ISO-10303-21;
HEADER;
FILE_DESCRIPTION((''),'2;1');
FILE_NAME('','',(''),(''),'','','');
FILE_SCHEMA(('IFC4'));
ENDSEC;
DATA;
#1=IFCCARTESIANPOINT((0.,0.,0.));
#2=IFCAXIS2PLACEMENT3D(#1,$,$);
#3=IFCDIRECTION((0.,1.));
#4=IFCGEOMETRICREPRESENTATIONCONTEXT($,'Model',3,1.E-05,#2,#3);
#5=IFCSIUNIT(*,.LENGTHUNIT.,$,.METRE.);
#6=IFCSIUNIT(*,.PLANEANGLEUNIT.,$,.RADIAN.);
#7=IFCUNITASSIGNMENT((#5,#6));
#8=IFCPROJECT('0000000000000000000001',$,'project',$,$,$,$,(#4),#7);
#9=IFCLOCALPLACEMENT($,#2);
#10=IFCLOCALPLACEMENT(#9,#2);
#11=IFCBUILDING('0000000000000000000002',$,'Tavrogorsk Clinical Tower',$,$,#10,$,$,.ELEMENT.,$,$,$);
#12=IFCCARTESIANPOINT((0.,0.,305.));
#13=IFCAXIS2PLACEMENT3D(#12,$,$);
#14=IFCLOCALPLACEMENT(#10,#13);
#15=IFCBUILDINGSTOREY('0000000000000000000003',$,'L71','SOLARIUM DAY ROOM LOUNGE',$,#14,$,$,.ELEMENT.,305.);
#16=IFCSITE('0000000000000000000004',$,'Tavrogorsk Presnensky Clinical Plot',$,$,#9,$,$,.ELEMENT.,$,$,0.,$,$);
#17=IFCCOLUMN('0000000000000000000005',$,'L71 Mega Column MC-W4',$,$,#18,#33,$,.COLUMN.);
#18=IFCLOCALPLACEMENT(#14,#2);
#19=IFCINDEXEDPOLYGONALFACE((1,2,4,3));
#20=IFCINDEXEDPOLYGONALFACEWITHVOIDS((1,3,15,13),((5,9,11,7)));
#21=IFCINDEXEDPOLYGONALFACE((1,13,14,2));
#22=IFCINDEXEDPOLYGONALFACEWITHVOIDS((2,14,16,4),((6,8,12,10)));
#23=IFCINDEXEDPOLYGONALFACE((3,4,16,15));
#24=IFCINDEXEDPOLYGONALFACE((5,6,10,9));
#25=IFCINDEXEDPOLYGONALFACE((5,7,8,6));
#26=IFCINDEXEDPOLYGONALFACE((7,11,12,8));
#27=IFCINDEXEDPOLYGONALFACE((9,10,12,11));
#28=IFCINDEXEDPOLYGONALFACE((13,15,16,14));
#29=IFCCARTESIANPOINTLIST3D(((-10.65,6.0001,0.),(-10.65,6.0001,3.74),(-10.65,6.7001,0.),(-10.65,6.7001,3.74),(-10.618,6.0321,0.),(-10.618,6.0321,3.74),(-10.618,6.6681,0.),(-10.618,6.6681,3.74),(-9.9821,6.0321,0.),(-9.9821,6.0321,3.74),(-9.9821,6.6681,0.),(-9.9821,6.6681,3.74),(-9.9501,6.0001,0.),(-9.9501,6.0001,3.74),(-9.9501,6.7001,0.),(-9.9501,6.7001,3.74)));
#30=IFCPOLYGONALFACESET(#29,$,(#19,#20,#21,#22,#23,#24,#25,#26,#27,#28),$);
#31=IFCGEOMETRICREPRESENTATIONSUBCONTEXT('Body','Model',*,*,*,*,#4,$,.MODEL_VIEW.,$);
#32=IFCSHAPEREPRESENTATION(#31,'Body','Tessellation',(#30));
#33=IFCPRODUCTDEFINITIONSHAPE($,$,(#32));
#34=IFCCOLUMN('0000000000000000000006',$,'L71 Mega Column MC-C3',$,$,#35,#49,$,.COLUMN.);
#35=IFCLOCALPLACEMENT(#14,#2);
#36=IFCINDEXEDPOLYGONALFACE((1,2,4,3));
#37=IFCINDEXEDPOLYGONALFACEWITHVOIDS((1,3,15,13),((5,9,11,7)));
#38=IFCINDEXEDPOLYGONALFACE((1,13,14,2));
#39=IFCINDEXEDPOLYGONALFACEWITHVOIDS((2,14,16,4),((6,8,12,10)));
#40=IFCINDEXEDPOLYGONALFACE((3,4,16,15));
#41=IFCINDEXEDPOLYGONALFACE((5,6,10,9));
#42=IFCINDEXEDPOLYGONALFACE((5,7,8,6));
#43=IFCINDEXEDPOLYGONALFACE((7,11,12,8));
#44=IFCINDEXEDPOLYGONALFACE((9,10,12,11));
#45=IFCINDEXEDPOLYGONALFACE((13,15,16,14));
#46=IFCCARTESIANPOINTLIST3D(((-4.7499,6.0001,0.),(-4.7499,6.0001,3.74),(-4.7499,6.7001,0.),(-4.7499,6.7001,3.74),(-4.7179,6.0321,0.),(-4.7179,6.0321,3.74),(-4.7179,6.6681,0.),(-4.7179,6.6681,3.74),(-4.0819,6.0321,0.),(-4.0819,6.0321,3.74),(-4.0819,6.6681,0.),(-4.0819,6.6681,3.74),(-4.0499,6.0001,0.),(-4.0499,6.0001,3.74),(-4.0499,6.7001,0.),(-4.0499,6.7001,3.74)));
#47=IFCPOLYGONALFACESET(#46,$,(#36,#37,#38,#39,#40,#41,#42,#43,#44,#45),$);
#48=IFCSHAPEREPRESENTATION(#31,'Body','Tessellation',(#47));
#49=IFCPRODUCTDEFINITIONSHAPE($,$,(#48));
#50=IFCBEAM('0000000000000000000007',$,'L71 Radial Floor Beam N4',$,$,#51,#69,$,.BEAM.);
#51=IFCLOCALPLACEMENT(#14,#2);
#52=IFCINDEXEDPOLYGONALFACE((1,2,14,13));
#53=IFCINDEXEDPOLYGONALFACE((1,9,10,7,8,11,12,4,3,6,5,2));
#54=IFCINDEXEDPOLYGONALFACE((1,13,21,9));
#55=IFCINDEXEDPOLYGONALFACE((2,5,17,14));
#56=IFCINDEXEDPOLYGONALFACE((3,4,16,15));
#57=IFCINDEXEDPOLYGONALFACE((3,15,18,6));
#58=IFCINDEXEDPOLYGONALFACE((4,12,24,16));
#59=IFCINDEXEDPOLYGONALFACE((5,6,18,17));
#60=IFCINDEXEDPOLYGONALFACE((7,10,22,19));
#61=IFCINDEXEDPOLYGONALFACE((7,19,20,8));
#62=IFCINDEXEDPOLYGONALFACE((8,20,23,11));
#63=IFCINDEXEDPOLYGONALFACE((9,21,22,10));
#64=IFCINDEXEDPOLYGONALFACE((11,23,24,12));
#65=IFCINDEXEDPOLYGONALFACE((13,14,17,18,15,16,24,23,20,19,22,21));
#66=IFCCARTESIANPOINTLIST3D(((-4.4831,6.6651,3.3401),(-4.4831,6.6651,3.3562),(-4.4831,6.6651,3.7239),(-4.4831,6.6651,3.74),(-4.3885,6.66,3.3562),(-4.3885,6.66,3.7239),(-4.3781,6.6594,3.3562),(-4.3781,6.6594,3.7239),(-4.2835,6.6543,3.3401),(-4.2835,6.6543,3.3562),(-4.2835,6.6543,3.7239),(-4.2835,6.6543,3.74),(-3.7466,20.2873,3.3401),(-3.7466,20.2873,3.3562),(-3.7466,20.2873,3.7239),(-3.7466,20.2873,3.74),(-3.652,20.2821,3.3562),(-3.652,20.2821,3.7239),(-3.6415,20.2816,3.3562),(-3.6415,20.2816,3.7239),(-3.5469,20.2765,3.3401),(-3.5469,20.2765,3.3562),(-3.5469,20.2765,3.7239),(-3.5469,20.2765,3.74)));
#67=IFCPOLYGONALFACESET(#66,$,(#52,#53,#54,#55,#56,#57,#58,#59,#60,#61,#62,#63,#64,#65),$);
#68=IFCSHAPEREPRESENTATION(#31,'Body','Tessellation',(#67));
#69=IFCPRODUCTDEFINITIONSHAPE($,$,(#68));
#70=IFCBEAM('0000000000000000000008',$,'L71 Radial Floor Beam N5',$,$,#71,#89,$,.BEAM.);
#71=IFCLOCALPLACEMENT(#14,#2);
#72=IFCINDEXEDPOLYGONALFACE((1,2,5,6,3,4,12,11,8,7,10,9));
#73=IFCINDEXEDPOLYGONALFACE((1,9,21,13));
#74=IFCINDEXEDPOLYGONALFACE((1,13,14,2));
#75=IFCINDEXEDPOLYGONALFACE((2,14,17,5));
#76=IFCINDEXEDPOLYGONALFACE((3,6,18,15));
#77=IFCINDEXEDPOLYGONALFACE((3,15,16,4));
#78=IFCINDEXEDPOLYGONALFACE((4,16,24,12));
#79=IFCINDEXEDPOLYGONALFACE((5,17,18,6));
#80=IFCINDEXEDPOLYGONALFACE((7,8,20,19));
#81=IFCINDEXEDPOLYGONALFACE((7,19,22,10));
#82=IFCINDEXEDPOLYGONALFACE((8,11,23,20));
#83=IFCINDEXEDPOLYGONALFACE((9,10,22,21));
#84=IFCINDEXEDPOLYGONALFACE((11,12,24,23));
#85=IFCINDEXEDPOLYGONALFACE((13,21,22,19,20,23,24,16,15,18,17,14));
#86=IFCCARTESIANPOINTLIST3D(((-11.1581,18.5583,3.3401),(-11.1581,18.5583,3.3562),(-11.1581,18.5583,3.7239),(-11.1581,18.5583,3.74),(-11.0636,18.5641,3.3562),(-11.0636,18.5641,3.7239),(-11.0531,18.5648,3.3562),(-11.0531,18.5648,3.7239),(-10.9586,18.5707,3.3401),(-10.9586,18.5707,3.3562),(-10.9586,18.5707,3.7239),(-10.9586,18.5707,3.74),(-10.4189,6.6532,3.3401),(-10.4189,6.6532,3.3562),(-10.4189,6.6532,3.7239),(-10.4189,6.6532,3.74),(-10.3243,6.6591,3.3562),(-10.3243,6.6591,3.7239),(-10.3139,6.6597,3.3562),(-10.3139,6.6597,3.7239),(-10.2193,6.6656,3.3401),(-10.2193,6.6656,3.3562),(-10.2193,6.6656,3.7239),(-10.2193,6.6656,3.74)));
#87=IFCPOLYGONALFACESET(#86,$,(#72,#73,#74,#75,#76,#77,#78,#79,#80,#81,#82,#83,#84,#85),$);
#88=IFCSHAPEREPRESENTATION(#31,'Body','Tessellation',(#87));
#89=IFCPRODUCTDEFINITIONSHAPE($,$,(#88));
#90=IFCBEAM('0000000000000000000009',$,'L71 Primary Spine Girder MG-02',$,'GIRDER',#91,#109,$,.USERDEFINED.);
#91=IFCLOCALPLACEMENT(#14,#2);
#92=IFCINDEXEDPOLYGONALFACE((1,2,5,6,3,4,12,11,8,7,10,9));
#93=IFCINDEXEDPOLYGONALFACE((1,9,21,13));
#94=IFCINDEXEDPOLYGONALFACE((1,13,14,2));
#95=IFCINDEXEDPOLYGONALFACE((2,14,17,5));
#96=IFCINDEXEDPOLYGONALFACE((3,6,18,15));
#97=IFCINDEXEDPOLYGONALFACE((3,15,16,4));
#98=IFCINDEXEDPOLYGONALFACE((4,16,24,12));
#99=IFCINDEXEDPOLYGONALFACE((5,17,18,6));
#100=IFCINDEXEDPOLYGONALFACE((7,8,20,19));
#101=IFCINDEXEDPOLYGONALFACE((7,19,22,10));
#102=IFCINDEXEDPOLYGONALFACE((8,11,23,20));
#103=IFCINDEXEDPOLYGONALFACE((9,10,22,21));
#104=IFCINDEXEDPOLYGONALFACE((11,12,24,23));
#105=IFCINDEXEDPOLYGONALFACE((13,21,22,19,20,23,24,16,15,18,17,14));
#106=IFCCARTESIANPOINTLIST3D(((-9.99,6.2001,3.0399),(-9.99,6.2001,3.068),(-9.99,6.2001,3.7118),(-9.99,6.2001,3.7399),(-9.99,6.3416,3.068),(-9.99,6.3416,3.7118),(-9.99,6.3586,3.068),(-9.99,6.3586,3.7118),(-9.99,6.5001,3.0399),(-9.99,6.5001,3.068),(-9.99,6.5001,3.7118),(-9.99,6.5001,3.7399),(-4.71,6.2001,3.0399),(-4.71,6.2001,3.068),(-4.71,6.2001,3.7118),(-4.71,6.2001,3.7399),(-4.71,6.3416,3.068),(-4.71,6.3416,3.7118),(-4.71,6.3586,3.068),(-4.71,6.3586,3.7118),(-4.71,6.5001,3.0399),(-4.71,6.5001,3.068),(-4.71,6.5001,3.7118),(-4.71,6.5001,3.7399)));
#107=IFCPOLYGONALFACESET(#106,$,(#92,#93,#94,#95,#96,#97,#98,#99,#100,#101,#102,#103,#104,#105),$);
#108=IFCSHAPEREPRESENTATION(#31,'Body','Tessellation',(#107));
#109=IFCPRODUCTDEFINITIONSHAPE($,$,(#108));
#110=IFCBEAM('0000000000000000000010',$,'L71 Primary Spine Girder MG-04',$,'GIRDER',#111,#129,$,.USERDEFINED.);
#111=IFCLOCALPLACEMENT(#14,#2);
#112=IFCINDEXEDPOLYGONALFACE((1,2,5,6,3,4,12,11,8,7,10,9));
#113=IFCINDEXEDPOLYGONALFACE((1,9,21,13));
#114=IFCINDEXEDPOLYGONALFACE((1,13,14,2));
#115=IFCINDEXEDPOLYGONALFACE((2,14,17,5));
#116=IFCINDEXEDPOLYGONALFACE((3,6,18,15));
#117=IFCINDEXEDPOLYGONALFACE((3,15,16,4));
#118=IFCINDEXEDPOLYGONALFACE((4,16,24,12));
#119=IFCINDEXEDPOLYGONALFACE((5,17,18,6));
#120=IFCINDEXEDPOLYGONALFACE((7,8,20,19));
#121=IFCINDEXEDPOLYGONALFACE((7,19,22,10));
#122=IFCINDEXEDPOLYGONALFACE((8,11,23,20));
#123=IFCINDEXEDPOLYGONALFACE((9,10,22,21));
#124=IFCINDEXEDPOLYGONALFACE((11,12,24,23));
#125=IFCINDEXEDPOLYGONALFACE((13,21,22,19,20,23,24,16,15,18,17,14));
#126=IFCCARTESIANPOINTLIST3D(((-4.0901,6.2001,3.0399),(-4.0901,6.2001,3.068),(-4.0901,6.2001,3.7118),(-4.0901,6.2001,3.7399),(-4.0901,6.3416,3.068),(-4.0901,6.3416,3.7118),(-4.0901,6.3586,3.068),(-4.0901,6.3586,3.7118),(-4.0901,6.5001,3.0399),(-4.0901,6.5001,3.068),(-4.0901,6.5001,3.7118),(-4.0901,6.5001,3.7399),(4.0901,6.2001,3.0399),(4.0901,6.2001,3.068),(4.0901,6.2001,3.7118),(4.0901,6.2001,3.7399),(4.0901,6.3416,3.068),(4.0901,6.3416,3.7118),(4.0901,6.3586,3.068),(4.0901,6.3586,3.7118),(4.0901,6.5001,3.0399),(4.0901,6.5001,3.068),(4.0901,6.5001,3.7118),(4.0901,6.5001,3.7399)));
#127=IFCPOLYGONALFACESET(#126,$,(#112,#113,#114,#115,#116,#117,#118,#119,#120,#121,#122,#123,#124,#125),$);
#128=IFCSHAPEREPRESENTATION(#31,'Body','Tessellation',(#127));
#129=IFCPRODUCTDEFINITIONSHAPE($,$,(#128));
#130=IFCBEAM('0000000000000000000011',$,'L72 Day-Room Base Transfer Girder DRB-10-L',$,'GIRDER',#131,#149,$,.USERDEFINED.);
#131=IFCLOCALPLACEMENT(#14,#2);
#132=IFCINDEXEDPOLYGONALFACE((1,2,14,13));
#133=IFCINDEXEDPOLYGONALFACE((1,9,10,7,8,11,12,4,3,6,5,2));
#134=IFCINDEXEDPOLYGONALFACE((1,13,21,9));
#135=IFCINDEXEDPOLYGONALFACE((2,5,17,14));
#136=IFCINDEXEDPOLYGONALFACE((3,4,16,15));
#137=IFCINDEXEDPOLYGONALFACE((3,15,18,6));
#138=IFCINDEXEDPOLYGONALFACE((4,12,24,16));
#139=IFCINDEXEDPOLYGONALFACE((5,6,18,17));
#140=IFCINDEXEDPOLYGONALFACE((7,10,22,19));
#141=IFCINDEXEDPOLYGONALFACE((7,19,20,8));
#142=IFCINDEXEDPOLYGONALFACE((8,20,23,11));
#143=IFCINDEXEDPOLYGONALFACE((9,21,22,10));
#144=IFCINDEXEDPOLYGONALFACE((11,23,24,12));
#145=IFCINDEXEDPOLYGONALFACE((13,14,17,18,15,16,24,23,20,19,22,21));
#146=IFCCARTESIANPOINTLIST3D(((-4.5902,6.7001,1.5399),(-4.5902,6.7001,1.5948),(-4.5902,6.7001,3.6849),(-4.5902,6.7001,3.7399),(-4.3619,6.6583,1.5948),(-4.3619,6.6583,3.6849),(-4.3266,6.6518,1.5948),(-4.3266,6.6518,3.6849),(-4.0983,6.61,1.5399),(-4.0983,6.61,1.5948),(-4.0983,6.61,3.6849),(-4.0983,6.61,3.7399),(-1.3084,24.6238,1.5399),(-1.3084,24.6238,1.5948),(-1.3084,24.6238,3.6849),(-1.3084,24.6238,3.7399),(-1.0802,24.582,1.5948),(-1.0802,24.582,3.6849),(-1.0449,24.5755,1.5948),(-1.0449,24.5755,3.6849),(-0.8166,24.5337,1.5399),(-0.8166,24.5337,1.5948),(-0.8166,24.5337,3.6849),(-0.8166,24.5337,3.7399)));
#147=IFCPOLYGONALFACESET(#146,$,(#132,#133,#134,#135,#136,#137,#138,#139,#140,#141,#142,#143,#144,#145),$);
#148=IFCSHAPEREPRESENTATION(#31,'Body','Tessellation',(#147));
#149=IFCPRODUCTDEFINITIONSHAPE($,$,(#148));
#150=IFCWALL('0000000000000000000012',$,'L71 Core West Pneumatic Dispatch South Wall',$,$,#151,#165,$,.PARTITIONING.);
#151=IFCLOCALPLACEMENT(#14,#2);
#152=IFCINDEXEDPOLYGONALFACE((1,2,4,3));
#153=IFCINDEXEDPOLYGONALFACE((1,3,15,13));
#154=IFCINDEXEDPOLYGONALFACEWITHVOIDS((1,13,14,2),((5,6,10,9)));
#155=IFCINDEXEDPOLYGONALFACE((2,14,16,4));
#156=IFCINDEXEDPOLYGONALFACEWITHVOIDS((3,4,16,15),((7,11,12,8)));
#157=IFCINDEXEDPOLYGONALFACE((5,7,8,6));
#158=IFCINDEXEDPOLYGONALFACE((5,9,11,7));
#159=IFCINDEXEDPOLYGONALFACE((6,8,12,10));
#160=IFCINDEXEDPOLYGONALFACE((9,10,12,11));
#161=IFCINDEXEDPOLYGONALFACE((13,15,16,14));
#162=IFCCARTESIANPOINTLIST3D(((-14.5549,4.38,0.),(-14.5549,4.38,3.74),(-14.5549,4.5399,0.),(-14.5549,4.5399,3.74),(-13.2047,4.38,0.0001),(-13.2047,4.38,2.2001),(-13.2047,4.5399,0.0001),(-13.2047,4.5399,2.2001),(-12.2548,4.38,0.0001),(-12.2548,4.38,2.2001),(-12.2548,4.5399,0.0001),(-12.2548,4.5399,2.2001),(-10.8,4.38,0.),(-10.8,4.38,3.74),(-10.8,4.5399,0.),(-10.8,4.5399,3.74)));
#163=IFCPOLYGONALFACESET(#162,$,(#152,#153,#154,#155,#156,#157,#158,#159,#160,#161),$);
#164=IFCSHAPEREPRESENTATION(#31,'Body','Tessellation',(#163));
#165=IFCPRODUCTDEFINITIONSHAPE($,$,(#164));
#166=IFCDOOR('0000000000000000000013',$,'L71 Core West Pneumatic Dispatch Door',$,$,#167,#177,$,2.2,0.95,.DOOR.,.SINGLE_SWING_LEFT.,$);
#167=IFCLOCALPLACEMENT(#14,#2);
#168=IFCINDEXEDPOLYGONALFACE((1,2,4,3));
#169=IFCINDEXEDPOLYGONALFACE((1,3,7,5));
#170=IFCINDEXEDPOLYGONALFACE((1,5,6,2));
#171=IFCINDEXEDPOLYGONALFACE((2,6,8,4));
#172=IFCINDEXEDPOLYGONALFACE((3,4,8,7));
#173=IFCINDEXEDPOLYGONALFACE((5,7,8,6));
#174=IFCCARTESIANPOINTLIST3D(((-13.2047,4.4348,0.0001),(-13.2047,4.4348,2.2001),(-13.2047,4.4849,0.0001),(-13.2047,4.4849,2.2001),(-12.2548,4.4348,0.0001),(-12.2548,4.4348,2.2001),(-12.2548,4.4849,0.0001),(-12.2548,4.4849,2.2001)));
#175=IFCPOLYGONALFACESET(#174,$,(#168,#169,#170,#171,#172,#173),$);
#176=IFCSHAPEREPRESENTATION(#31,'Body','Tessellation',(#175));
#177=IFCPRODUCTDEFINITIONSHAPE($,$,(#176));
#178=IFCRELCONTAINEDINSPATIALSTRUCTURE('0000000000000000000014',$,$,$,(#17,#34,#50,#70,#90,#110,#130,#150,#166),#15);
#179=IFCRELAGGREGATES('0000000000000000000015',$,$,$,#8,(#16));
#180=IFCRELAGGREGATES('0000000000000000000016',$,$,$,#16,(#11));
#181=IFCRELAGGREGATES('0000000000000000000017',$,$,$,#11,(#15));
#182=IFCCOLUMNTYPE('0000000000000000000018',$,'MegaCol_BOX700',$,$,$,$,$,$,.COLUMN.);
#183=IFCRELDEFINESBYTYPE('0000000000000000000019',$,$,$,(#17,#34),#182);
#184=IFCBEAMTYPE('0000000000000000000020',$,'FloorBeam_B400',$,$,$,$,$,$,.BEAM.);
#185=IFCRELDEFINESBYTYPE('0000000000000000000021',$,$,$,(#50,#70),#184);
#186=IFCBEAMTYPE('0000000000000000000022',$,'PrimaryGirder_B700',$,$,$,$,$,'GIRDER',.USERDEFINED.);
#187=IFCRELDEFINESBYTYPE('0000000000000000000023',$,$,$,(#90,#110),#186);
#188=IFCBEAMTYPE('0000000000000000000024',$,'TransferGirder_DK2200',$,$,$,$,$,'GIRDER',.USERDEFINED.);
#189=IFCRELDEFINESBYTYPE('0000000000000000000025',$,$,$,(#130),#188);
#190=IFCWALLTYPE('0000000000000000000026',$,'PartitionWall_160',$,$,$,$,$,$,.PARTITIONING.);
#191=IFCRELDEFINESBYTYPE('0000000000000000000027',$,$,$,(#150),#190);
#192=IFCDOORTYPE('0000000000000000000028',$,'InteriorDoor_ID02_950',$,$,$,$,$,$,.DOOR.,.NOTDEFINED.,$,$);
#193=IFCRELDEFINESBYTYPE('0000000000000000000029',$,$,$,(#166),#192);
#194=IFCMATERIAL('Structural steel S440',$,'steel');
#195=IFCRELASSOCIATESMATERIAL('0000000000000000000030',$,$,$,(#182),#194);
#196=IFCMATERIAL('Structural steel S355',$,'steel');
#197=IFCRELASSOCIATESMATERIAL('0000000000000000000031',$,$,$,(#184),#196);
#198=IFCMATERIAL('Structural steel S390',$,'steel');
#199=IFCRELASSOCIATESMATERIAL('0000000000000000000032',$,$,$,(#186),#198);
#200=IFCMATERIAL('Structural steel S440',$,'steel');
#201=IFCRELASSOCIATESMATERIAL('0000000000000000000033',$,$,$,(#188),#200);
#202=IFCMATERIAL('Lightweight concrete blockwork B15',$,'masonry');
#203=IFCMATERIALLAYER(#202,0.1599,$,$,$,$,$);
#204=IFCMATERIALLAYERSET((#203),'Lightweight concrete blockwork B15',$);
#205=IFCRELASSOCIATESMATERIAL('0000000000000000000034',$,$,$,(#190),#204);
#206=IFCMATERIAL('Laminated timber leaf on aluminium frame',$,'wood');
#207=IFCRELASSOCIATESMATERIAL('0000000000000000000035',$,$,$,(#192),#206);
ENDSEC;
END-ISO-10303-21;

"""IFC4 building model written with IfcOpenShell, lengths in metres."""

from ifc_helpers import new_model, si_unit, direction, frame, frame_2d, origin, origin_2d, place, context, subcontext, project, spatial, rectangle, hollow_rectangle, i_section, extrude, material, layer, layer_set, material_profile, profile_set, type_object, element, fill, save


model = new_model("IFC4")

# Units and contexts
model_context = context("Model", 3, precision=1e-05, world=origin(), true_north=direction((0.0, 1.0)))
body_context = subcontext(model_context, "Body", "Model", "MODEL_VIEW")
ifc_project = project(units=[si_unit("LENGTHUNIT", "METRE"), si_unit("PLANEANGLEUNIT", "RADIAN")], contexts=[model_context])

# Site, building, storey
site_placement = place(None, origin())
site = spatial("IfcSite", under=ifc_project, at=site_placement, Name="Tavrogorsk Presnensky Clinical Plot", CompositionType="ELEMENT", RefElevation=0.0)
building_placement = place(site_placement, origin())
building = spatial("IfcBuilding", under=site, at=building_placement, Name="Tavrogorsk Clinical Tower", CompositionType="ELEMENT")
storey_placement = place(building_placement, frame((0.0, 0.0, 305.0)))
storey = spatial("IfcBuildingStorey", under=building, at=storey_placement, Name="L71", Description="SOLARIUM DAY ROOM LOUNGE", CompositionType="ELEMENT", Elevation=305.0)

# Columns
ifc_material_1 = material(Name="Structural steel S440", Category="steel")
ifc_material_profile_1 = material_profile(ifc_material_1, hollow_rectangle(XDim=0.7, YDim=0.7, WallThickness=0.032, at=origin_2d()), Name="BOX-700x700x32")
ifc_profile_set_1 = profile_set([ifc_material_profile_1], Name="Structural steel S440")
column_type = type_object("IfcColumnType", Name="MegaCol_BOX700", PredefinedType="COLUMN", material=ifc_profile_set_1)
for number, where, z_axis, x_axis, name in (
    (1, (-10.3, 6.3501, 0.0), (0.0, 0.0, 1.0), (1.0, 0.0, 0.0), "L71 Mega Column MC-W4"),
    (2, (-4.3999, 6.3501, 0.0), (0.0, 0.0, 1.0), (1.0, 0.0, 0.0), "L71 Mega Column MC-C3"),
):
    element("IfcColumn", number, at=place(storey_placement, frame(where, z_axis=z_axis, x_axis=x_axis)), inside=storey, type_object=column_type, Name=name, PredefinedType="COLUMN", context=body_context, shape_type="SweptSolid", body=[
        extrude(hollow_rectangle(XDim=0.7, YDim=0.7, WallThickness=0.032, at=origin_2d()), origin(), (0.0, 0.0, 1.0), 3.74),
    ])

# Beams
ifc_material_2 = material(Name="Structural steel S355", Category="steel")
ifc_material_profile_2 = material_profile(ifc_material_2, i_section(OverallWidth=0.2, OverallDepth=0.3999, WebThickness=0.0105, FlangeThickness=0.0161, at=origin_2d()), Name="B-400x200x10.5x16")
ifc_profile_set_2 = profile_set([ifc_material_profile_2], Name="Structural steel S355")
beam_type_1 = type_object("IfcBeamType", Name="FloorBeam_B400", PredefinedType="BEAM", material=ifc_profile_set_2)
beam_1_placement = place(storey_placement, frame((-4.3833, 6.6597, 3.54), z_axis=(0.053993, 0.998541, 0.0), x_axis=(-0.998541, 0.053993, 0.0)))
element("IfcBeam", 3, at=beam_1_placement, inside=storey, type_object=beam_type_1, Name="L71 Radial Floor Beam N4", PredefinedType="BEAM", context=body_context, shape_type="SweptSolid", body=[
    extrude(i_section(OverallWidth=0.2, OverallDepth=0.3999, WebThickness=0.0105, FlangeThickness=0.0161, at=origin_2d()), origin(), (0.0, 0.0, 1.0), 13.6421),
])
beam_2_placement = place(storey_placement, frame((-10.3191, 6.6594, 3.54), z_axis=(-0.061977, 0.998078, 0.0), x_axis=(-0.998078, -0.061977, 0.0)))
element("IfcBeam", 4, at=beam_2_placement, inside=storey, type_object=beam_type_1, Name="L71 Radial Floor Beam N5", PredefinedType="BEAM", context=body_context, shape_type="SweptSolid", body=[
    extrude(i_section(OverallWidth=0.2, OverallDepth=0.3999, WebThickness=0.0105, FlangeThickness=0.0161, at=origin_2d()), origin(), (0.0, 0.0, 1.0), 11.928),
])
ifc_material_3 = material(Name="Structural steel S390", Category="steel")
ifc_material_profile_3 = material_profile(ifc_material_3, i_section(OverallWidth=0.3, OverallDepth=0.7, WebThickness=0.0171, FlangeThickness=0.0281, at=origin_2d()), Name="B-700x300x17x28")
ifc_profile_set_3 = profile_set([ifc_material_profile_3], Name="Structural steel S390")
beam_type_2 = type_object("IfcBeamType", Name="PrimaryGirder_B700", ElementType="GIRDER", PredefinedType="USERDEFINED", material=ifc_profile_set_3)
beam_3_placement = place(storey_placement, frame((-9.99, 6.3501, 3.3899), z_axis=(1.0, 0.0, 0.0), x_axis=(0.0, 1.0, 0.0)))
element("IfcBeam", 5, at=beam_3_placement, inside=storey, type_object=beam_type_2, Name="L71 Primary Spine Girder MG-02", ObjectType="GIRDER", PredefinedType="USERDEFINED", context=body_context, shape_type="SweptSolid", body=[
    extrude(i_section(OverallWidth=0.3, OverallDepth=0.7, WebThickness=0.0171, FlangeThickness=0.0281, at=origin_2d()), origin(), (0.0, 0.0, 1.0), 5.28),
])
beam_4_placement = place(storey_placement, frame((-4.0901, 6.3501, 3.3899), z_axis=(1.0, 0.0, 0.0), x_axis=(0.0, 1.0, 0.0)))
element("IfcBeam", 6, at=beam_4_placement, inside=storey, type_object=beam_type_2, Name="L71 Primary Spine Girder MG-04", ObjectType="GIRDER", PredefinedType="USERDEFINED", context=body_context, shape_type="SweptSolid", body=[
    extrude(i_section(OverallWidth=0.3, OverallDepth=0.7, WebThickness=0.0171, FlangeThickness=0.0281, at=origin_2d()), origin(), (0.0, 0.0, 1.0), 8.1802),
])
ifc_material_4 = material(Name="Structural steel S440", Category="steel")
ifc_material_profile_4 = material_profile(ifc_material_4, i_section(OverallWidth=0.5, OverallDepth=2.2, WebThickness=0.0359, FlangeThickness=0.0549, at=origin_2d()), Name="DK-2200x500x36x55")
ifc_profile_set_4 = profile_set([ifc_material_profile_4], Name="Structural steel S440")
beam_type_3 = type_object("IfcBeamType", Name="TransferGirder_DK2200", ElementType="GIRDER", PredefinedType="USERDEFINED", material=ifc_profile_set_4)
beam_5_placement = place(storey_placement, frame((-4.3442, 6.655, 2.6399), z_axis=(0.1801, 0.983648, 0.0), x_axis=(-0.983648, 0.1801, 0.0)))
element("IfcBeam", 7, at=beam_5_placement, inside=storey, type_object=beam_type_3, Name="L72 Day-Room Base Transfer Girder DRB-10-L", ObjectType="GIRDER", PredefinedType="USERDEFINED", context=body_context, shape_type="SweptSolid", body=[
    extrude(i_section(OverallWidth=0.5, OverallDepth=2.2, WebThickness=0.0359, FlangeThickness=0.0549, at=origin_2d()), origin(), (0.0, 0.0, 1.0), 18.2217),
])

# Wall, opening, door
ifc_material_5 = material(Name="Lightweight concrete blockwork B15", Category="masonry")
ifc_layer_1 = layer(ifc_material_5, 0.1599)
ifc_layer_set_1 = layer_set([ifc_layer_1], Name="Lightweight concrete blockwork B15")
wall_type_1 = type_object("IfcWallType", Name="PartitionWall_160", PredefinedType="PARTITIONING", material=ifc_layer_set_1)
wall_1_placement = place(storey_placement, frame((-14.5549, 4.46, 0.0), z_axis=(0.0, 0.0, 1.0), x_axis=(1.0, 0.0, 0.0)))
wall_1 = element("IfcWall", 8, at=wall_1_placement, inside=storey, type_object=wall_type_1, Name="L71 Core West Pneumatic Dispatch South Wall", PredefinedType="PARTITIONING", context=body_context, shape_type="SweptSolid", body=[
    extrude(rectangle(XDim=3.7549, YDim=0.1599, at=frame_2d((1.8774, 0.0))), origin(), (0.0, 0.0, 1.0), 3.74),
])
opening_1_placement = place(wall_1_placement, frame((1.3501, 0.0, 0.0)))
opening_1 = element("IfcOpeningElement", 9, at=opening_1_placement, cuts=wall_1, PredefinedType="OPENING", context=body_context, shape_type="SweptSolid", body=[
    extrude(rectangle(XDim=0.95, YDim=2.2, at=frame_2d((0.4751, 1.1001))), frame((0.0, 0.0898, 0.0), z_axis=(0.0, -1.0, 0.0), x_axis=(1.0, 0.0, 0.0)), (0.0, 0.0, 1.0), 0.1799),
])
ifc_material_6 = material(Name="Laminated timber leaf on aluminium frame", Category="wood")
door_type_1 = type_object("IfcDoorType", Name="InteriorDoor_ID02_950", OperationType="NOTDEFINED", PredefinedType="DOOR", material=ifc_material_6)
door_1_placement = place(opening_1_placement, origin())
door_1 = element("IfcDoor", 10, at=door_1_placement, inside=storey, type_object=door_type_1, Name="L71 Core West Pneumatic Dispatch Door", OperationType="SINGLE_SWING_LEFT", OverallHeight=2.2, OverallWidth=0.95, PredefinedType="DOOR", context=body_context, shape_type="SweptSolid", body=[
    extrude(rectangle(XDim=0.95, YDim=2.2, at=frame_2d((0.4751, 1.1001))), frame((0.0, 0.0249, 0.0), z_axis=(0.0, -1.0, 0.0), x_axis=(1.0, 0.0, 0.0)), (0.0, 0.0, 1.0), 0.05),
])
fill(opening_1, door_1)

save(model, "model.ifc")
